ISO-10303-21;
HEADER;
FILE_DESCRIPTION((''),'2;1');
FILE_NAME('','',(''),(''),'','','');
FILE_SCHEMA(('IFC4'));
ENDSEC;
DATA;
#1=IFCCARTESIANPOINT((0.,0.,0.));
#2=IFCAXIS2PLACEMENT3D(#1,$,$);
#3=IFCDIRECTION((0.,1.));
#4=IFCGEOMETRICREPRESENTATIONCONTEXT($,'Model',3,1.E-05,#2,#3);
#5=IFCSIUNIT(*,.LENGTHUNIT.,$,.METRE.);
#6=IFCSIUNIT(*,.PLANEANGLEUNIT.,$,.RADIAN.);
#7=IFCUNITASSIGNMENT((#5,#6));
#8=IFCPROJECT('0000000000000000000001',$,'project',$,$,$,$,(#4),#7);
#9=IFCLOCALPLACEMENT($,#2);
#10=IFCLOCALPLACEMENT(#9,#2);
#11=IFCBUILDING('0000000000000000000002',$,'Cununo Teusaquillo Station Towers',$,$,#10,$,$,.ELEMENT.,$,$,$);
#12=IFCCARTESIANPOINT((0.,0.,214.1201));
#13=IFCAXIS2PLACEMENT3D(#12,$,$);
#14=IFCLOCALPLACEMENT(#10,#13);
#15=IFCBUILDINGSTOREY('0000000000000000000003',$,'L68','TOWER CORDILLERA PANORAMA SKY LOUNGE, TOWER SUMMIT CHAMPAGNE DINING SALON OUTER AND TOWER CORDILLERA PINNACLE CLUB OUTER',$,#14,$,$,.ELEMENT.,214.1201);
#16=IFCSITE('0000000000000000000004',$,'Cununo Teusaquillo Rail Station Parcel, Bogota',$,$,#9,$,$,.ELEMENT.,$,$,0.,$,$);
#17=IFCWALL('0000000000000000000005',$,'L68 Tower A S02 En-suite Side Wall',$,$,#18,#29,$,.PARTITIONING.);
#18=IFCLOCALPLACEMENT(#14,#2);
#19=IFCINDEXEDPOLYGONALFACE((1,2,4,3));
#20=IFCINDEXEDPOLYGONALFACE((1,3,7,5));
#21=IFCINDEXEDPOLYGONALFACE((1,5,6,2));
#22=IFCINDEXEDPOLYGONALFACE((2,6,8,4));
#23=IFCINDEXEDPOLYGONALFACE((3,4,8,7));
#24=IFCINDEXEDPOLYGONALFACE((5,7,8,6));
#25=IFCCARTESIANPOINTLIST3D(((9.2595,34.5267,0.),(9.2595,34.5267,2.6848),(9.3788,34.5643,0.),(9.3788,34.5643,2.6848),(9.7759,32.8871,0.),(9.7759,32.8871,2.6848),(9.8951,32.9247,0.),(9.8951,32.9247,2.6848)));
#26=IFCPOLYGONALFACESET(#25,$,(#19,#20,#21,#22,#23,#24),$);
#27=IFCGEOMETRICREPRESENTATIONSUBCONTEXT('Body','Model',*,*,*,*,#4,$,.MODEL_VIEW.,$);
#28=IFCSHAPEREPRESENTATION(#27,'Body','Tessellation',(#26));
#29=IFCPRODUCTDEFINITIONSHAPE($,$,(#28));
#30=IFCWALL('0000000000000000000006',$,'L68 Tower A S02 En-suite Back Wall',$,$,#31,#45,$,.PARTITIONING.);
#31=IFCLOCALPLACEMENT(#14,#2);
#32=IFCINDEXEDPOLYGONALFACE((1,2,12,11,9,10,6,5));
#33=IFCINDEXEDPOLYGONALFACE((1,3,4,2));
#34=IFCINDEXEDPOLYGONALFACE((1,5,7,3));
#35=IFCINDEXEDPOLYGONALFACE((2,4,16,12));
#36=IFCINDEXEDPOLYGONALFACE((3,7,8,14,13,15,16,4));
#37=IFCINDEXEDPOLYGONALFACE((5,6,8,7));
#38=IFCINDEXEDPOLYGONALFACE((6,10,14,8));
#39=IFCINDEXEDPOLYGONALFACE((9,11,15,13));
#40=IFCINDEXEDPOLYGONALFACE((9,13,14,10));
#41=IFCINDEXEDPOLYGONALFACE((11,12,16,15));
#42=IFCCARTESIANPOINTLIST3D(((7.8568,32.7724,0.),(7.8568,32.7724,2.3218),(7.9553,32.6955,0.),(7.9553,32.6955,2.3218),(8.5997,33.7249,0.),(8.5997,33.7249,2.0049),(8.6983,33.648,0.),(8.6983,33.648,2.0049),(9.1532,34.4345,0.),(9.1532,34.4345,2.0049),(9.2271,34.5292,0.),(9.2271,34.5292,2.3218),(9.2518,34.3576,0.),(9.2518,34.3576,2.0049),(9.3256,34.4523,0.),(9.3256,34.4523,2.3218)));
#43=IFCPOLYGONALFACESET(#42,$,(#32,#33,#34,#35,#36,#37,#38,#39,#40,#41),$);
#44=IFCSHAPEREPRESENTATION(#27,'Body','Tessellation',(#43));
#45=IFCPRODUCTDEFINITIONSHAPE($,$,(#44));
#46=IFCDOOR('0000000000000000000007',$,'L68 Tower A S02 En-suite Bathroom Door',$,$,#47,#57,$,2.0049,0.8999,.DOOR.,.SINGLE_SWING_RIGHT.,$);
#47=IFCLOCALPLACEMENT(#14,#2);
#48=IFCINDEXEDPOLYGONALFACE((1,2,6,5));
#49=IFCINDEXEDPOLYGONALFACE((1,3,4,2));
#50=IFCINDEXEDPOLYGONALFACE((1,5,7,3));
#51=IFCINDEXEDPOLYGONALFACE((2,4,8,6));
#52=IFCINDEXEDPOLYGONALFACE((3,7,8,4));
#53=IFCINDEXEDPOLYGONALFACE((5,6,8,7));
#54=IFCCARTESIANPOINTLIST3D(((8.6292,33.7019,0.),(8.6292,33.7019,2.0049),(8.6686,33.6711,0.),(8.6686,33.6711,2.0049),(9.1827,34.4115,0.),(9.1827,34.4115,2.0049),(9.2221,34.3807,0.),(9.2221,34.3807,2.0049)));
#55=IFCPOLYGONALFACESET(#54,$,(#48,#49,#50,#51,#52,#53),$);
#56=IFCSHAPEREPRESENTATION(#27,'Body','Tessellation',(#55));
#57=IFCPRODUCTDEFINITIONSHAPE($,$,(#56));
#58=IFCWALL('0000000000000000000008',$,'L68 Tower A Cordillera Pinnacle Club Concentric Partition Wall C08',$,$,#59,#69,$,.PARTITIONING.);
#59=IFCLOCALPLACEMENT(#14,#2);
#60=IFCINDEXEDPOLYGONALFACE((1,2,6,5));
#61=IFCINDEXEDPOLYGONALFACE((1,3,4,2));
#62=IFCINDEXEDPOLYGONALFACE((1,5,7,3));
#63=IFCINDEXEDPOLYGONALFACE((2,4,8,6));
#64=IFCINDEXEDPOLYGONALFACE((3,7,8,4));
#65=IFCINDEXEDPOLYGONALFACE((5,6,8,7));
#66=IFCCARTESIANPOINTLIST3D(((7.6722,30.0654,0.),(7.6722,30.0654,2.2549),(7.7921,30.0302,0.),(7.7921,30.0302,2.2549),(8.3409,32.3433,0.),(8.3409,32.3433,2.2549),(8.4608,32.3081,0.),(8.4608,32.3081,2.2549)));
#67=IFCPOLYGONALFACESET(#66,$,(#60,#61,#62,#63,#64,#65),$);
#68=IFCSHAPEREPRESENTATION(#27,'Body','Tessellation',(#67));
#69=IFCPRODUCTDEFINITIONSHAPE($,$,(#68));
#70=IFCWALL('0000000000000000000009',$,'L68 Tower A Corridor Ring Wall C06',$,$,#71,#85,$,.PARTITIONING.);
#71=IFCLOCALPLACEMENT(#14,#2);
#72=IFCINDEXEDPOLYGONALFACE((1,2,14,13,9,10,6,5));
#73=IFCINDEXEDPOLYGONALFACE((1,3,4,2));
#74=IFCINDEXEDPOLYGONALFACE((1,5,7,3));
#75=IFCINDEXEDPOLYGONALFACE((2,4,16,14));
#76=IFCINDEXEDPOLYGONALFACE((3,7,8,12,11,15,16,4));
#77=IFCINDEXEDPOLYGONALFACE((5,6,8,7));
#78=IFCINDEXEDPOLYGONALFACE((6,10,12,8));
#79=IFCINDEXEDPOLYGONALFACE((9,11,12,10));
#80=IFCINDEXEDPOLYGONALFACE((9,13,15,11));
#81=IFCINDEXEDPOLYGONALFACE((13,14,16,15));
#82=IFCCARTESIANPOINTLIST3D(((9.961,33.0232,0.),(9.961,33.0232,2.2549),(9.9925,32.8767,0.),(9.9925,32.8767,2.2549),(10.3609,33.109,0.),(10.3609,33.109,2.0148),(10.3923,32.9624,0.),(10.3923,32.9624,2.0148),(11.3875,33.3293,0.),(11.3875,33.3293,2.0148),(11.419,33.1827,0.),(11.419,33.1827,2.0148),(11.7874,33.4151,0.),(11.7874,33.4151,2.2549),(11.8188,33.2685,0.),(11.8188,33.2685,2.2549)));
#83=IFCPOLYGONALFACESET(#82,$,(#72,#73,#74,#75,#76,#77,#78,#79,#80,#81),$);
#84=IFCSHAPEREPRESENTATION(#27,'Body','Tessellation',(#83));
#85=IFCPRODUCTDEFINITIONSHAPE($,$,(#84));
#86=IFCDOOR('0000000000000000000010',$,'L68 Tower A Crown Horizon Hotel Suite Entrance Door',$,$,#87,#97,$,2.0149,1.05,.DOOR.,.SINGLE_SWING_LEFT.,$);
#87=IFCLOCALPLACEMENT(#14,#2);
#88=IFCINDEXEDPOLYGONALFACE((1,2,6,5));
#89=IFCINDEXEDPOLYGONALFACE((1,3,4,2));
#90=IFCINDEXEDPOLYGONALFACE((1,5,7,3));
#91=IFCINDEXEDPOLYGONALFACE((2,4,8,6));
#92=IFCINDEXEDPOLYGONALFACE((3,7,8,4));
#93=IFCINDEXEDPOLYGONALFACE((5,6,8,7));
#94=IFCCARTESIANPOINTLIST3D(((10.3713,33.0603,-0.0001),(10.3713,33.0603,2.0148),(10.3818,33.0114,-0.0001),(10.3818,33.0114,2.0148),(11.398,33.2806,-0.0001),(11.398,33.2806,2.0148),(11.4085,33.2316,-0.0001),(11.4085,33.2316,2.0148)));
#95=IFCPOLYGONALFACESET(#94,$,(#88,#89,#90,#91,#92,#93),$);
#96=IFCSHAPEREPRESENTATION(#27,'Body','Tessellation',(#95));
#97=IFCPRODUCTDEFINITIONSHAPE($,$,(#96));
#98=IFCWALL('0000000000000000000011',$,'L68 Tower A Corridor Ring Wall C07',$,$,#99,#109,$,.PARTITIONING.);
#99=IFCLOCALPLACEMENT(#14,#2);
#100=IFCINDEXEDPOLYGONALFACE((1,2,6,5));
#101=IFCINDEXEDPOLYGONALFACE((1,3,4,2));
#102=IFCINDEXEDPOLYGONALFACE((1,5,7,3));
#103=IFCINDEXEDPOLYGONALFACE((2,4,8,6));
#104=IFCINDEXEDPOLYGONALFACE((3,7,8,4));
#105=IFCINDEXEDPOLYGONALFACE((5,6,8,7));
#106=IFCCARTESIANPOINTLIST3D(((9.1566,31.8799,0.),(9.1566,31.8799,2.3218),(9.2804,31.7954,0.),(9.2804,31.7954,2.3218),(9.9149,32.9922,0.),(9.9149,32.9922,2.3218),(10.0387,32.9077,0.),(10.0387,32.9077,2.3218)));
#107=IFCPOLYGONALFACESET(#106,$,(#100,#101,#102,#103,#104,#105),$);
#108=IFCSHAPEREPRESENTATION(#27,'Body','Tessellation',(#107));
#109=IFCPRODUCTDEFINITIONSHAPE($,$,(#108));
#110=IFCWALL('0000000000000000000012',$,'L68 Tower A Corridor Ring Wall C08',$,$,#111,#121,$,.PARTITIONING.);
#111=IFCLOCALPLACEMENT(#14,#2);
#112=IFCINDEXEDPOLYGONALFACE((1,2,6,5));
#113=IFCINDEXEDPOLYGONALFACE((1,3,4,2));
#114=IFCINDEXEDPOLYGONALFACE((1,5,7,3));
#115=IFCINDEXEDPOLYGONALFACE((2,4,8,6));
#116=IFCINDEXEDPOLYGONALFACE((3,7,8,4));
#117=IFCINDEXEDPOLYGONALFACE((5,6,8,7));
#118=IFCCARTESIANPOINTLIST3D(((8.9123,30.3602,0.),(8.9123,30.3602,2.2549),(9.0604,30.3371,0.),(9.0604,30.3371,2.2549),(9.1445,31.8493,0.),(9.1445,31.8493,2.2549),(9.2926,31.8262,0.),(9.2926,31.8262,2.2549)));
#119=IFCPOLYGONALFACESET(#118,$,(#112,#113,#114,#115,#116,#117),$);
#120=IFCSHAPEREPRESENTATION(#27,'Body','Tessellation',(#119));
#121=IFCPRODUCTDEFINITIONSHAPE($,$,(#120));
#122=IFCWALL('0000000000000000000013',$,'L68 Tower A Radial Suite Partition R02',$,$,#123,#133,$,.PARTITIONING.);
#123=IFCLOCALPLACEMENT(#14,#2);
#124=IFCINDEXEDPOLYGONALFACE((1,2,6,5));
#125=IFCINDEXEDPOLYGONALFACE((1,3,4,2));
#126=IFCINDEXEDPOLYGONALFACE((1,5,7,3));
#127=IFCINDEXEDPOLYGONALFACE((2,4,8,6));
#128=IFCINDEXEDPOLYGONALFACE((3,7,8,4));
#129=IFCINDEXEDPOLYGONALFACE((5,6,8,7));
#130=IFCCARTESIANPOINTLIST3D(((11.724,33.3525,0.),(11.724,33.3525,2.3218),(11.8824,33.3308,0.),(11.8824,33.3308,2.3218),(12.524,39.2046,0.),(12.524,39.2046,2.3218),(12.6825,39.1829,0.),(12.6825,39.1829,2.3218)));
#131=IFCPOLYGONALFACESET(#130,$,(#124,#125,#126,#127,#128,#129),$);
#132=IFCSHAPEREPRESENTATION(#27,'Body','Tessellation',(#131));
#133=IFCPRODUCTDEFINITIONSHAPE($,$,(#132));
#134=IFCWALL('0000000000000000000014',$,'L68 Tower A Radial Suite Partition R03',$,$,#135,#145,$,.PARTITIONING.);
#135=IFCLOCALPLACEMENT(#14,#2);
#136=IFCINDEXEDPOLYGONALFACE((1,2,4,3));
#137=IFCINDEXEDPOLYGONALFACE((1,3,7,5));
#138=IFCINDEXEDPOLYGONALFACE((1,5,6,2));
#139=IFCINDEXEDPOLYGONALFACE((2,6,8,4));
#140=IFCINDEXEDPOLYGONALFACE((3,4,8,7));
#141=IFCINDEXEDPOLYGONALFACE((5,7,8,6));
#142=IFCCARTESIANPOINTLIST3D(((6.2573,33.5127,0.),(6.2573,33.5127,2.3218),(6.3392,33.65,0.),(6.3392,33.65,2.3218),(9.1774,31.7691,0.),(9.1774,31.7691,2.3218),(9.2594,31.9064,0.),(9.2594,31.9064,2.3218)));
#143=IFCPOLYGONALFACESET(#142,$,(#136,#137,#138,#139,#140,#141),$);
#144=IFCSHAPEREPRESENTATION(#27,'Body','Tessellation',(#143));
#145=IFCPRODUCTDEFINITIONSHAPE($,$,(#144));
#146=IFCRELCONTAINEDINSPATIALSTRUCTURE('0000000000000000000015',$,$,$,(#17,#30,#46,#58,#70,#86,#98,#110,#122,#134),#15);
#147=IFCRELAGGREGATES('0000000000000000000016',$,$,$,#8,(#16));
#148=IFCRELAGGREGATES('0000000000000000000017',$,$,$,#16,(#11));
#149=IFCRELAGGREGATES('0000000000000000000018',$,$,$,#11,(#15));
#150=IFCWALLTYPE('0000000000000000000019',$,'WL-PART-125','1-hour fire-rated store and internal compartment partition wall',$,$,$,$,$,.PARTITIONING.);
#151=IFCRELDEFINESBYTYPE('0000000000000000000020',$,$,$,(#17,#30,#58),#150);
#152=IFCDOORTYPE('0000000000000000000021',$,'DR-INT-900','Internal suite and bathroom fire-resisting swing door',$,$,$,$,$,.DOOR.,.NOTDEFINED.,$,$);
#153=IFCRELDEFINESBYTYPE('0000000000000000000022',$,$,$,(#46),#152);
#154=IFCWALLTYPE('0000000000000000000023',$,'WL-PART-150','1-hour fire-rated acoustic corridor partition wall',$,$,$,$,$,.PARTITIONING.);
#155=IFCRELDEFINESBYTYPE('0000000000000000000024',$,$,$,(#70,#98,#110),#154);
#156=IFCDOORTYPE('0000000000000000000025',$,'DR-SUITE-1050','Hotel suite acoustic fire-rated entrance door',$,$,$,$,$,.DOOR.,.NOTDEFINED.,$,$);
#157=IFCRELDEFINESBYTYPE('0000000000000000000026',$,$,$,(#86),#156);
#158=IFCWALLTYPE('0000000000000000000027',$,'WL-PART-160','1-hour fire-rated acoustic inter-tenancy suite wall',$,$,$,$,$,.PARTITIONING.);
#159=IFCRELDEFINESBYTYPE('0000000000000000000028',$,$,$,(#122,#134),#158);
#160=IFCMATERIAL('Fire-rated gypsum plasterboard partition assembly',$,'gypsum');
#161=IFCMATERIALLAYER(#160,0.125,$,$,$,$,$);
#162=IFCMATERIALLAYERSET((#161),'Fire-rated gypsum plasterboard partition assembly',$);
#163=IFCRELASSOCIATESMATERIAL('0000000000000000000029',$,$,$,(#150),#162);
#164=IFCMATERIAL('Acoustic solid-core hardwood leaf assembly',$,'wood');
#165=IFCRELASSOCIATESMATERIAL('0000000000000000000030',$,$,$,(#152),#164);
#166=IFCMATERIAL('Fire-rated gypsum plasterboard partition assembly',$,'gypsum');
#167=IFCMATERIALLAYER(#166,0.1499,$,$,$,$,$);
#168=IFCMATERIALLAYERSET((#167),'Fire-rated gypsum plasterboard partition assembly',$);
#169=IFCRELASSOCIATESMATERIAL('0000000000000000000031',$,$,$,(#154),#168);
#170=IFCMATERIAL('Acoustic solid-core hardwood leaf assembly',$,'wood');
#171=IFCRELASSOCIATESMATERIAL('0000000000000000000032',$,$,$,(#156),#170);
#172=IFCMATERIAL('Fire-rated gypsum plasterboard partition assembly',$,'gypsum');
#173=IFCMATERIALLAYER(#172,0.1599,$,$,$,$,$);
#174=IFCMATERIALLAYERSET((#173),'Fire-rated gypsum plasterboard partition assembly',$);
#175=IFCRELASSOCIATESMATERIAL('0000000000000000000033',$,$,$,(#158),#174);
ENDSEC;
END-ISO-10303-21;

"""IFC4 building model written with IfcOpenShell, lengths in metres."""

from ifc_helpers import new_model, si_unit, direction, frame, frame_2d, origin, place, context, subcontext, project, spatial, rectangle, extrude, source, transform, mapped, material, layer, layer_set, type_object, element, fill, save


model = new_model("IFC4")

# Units and contexts
model_context = context("Model", 3, precision=1e-05, world=origin(), true_north=direction((0.0, 1.0)))
body_context = subcontext(model_context, "Body", "Model", "MODEL_VIEW")
ifc_project = project(units=[si_unit("LENGTHUNIT", "METRE"), si_unit("PLANEANGLEUNIT", "RADIAN")], contexts=[model_context])

# Site, building, storey
site_placement = place(None, origin())
site = spatial("IfcSite", under=ifc_project, at=site_placement, Name="Cununo Teusaquillo Rail Station Parcel, Bogota", CompositionType="ELEMENT", RefElevation=0.0)
building_placement = place(site_placement, origin())
building = spatial("IfcBuilding", under=site, at=building_placement, Name="Cununo Teusaquillo Station Towers", CompositionType="ELEMENT")
storey_placement = place(building_placement, frame((0.0, 0.0, 214.1201)))
storey = spatial("IfcBuildingStorey", under=building, at=storey_placement, Name="L68", Description="TOWER CORDILLERA PANORAMA SKY LOUNGE, TOWER SUMMIT CHAMPAGNE DINING SALON OUTER AND TOWER CORDILLERA PINNACLE CLUB OUTER", CompositionType="ELEMENT", Elevation=214.1201)

# Wall
ifc_material_1 = material(Name="Fire-rated gypsum plasterboard partition assembly", Category="gypsum")
ifc_layer_1 = layer(ifc_material_1, 0.125)
ifc_layer_set_1 = layer_set([ifc_layer_1], Name="Fire-rated gypsum plasterboard partition assembly")
wall_type_1 = type_object("IfcWallType", Name="WL-PART-125", Description="1-hour fire-rated store and internal compartment partition wall", PredefinedType="PARTITIONING", material=ifc_layer_set_1)
wall_1_placement = place(storey_placement, frame((9.8354, 32.906, 0.0), z_axis=(0.0, 0.0, 1.0), x_axis=(-0.300377, 0.953821, 0.0)))
element("IfcWall", 1, at=wall_1_placement, inside=storey, type_object=wall_type_1, Name="L68 Tower A S02 En-suite Side Wall", PredefinedType="PARTITIONING", context=body_context, shape_type="SweptSolid", body=[
    extrude(rectangle(XDim=1.719, YDim=0.125, at=frame_2d((0.8594, 0.0))), origin(), (0.0, 0.0, 1.0), 2.6848),
])

# Wall, opening, door
wall_2_placement = place(storey_placement, frame((9.2764, 34.4907, 0.0), z_axis=(0.0, 0.0, 1.0), x_axis=(-0.61504, -0.788496, 0.0)))
wall_2 = element("IfcWall", 2, at=wall_2_placement, inside=storey, type_object=wall_type_1, Name="L68 Tower A S02 En-suite Back Wall", PredefinedType="PARTITIONING", context=body_context, shape_type="SweptSolid", body=[
    extrude(rectangle(XDim=2.228, YDim=0.125, at=frame_2d((1.114, 0.0))), origin(), (0.0, 0.0, 1.0), 2.3218),
])
shared_shape_1 = source(origin(), body_context, "Body", "SweptSolid", [
    extrude(rectangle(XDim=0.8999, YDim=2.0049, at=frame_2d((0.45, 1.0024))), frame((0.0, 0.0725, 0.0), z_axis=(0.0, -1.0, 0.0), x_axis=(1.0, 0.0, 0.0)), (0.0, 0.0, 1.0), 0.145),
])
opening_1_placement = place(wall_2_placement, frame((0.1201, 0.0, 0.0)))
opening_1 = element("IfcOpeningElement", 3, at=opening_1_placement, cuts=wall_2, PredefinedType="OPENING", context=body_context, shape_type="MappedRepresentation", body=[
    mapped(shared_shape_1, transform((0.0, 0.0, 0.0), x_axis=(1.0, 0.0, 0.0), y_axis=(0.0, 1.0, 0.0), z_axis=(0.0, 0.0, 1.0), scale=1.0)),
])
ifc_material_2 = material(Name="Acoustic solid-core hardwood leaf assembly", Category="wood")
door_type_1 = type_object("IfcDoorType", Name="DR-INT-900", Description="Internal suite and bathroom fire-resisting swing door", OperationType="NOTDEFINED", PredefinedType="DOOR", material=ifc_material_2)
shared_shape_2 = source(origin(), body_context, "Body", "SweptSolid", [
    extrude(rectangle(XDim=0.8999, YDim=2.0049, at=frame_2d((0.45, 1.0024))), frame((0.0, 0.0249, 0.0), z_axis=(0.0, -1.0, 0.0), x_axis=(1.0, 0.0, 0.0)), (0.0, 0.0, 1.0), 0.05),
])
door_1_placement = place(opening_1_placement, origin())
door_1 = element("IfcDoor", 4, at=door_1_placement, inside=storey, type_object=door_type_1, Name="L68 Tower A S02 En-suite Bathroom Door", OperationType="SINGLE_SWING_RIGHT", OverallHeight=2.0049, OverallWidth=0.8999, PredefinedType="DOOR", context=body_context, shape_type="MappedRepresentation", body=[
    mapped(shared_shape_2, transform((0.0, 0.0, 0.0), x_axis=(1.0, 0.0, 0.0), y_axis=(0.0, 1.0, 0.0), z_axis=(0.0, 0.0, 1.0), scale=1.0)),
])
fill(opening_1, door_1)

# Wall
wall_3_placement = place(storey_placement, frame((8.4009, 32.3257, 0.0), z_axis=(0.0, 0.0, 1.0), x_axis=(-0.281682, -0.959508, 0.0)))
element("IfcWall", 5, at=wall_3_placement, inside=storey, type_object=wall_type_1, Name="L68 Tower A Cordillera Pinnacle Club Concentric Partition Wall C08", PredefinedType="PARTITIONING", context=body_context, shape_type="SweptSolid", body=[
    extrude(rectangle(XDim=2.374, YDim=0.125, at=frame_2d((1.187, 0.0))), origin(), (0.0, 0.0, 1.0), 2.2549),
])

# Wall, opening, door
ifc_material_3 = material(Name="Fire-rated gypsum plasterboard partition assembly", Category="gypsum")
ifc_layer_2 = layer(ifc_material_3, 0.1499)
ifc_layer_set_2 = layer_set([ifc_layer_2], Name="Fire-rated gypsum plasterboard partition assembly")
wall_type_2 = type_object("IfcWallType", Name="WL-PART-150", Description="1-hour fire-rated acoustic corridor partition wall", PredefinedType="PARTITIONING", material=ifc_layer_set_2)
wall_4_placement = place(storey_placement, frame((11.8032, 33.3418, 0.0), z_axis=(0.0, 0.0, 1.0), x_axis=(-0.977751, -0.20977, 0.0)))
wall_4 = element("IfcWall", 6, at=wall_4_placement, inside=storey, type_object=wall_type_2, Name="L68 Tower A Corridor Ring Wall C06", PredefinedType="PARTITIONING", context=body_context, shape_type="SweptSolid", body=[
    extrude(rectangle(XDim=1.8679, YDim=0.1499, at=frame_2d((0.9341, 0.0))), origin(), (0.0, 0.0, 1.0), 2.2549),
])
shared_shape_3 = source(origin(), body_context, "Body", "SweptSolid", [
    extrude(rectangle(XDim=1.05, YDim=2.0149, at=frame_2d((0.5249, 1.0073))), frame((0.0, 0.085, 0.0), z_axis=(0.0, -1.0, 0.0), x_axis=(1.0, 0.0, 0.0)), (0.0, 0.0, 1.0), 0.1699),
])
opening_2_placement = place(wall_4_placement, frame((0.4092, 0.0, 0.0)))
opening_2 = element("IfcOpeningElement", 7, at=opening_2_placement, cuts=wall_4, PredefinedType="OPENING", context=body_context, shape_type="MappedRepresentation", body=[
    mapped(shared_shape_3, transform((0.0, 0.0, 0.0), x_axis=(1.0, 0.0, 0.0), y_axis=(0.0, 1.0, 0.0), z_axis=(0.0, 0.0, 1.0), scale=1.0)),
])
ifc_material_4 = material(Name="Acoustic solid-core hardwood leaf assembly", Category="wood")
door_type_2 = type_object("IfcDoorType", Name="DR-SUITE-1050", Description="Hotel suite acoustic fire-rated entrance door", OperationType="NOTDEFINED", PredefinedType="DOOR", material=ifc_material_4)
shared_shape_4 = source(origin(), body_context, "Body", "SweptSolid", [
    extrude(rectangle(XDim=1.05, YDim=2.0149, at=frame_2d((0.5249, 1.0073))), frame((0.0, 0.0249, 0.0), z_axis=(0.0, -1.0, 0.0), x_axis=(1.0, 0.0, 0.0)), (0.0, 0.0, 1.0), 0.05),
])
door_2_placement = place(opening_2_placement, origin())
door_2 = element("IfcDoor", 8, at=door_2_placement, inside=storey, type_object=door_type_2, Name="L68 Tower A Crown Horizon Hotel Suite Entrance Door", OperationType="SINGLE_SWING_LEFT", OverallHeight=2.0149, OverallWidth=1.05, PredefinedType="DOOR", context=body_context, shape_type="MappedRepresentation", body=[
    mapped(shared_shape_4, transform((0.0, 0.0, 0.0), x_axis=(1.0, 0.0, 0.0), y_axis=(0.0, 1.0, 0.0), z_axis=(0.0, 0.0, 1.0), scale=1.0)),
])
fill(opening_2, door_2)

# Walls
wall_5_placement = place(storey_placement, frame((9.9768, 32.95, 0.0), z_axis=(0.0, 0.0, 1.0), x_axis=(-0.563292, -0.826258, 0.0)))
element("IfcWall", 9, at=wall_5_placement, inside=storey, type_object=wall_type_2, Name="L68 Tower A Corridor Ring Wall C07", PredefinedType="PARTITIONING", context=body_context, shape_type="SweptSolid", body=[
    extrude(rectangle(XDim=1.3462, YDim=0.1499, at=frame_2d((0.6731, 0.0))), origin(), (0.0, 0.0, 1.0), 2.3218),
])
wall_6_placement = place(storey_placement, frame((9.2185, 31.8376, 0.0), z_axis=(0.0, 0.0, 1.0), x_axis=(-0.154066, -0.988061, 0.0)))
element("IfcWall", 10, at=wall_6_placement, inside=storey, type_object=wall_type_2, Name="L68 Tower A Corridor Ring Wall C08", PredefinedType="PARTITIONING", context=body_context, shape_type="SweptSolid", body=[
    extrude(rectangle(XDim=1.5071, YDim=0.1499, at=frame_2d((0.7534, 0.0))), origin(), (0.0, 0.0, 1.0), 2.2549),
])
ifc_material_5 = material(Name="Fire-rated gypsum plasterboard partition assembly", Category="gypsum")
ifc_layer_3 = layer(ifc_material_5, 0.1599)
ifc_layer_set_3 = layer_set([ifc_layer_3], Name="Fire-rated gypsum plasterboard partition assembly")
wall_type_3 = type_object("IfcWallType", Name="WL-PART-160", Description="1-hour fire-rated acoustic inter-tenancy suite wall", PredefinedType="PARTITIONING", material=ifc_layer_set_3)
wall_7_placement = place(storey_placement, frame((11.8032, 33.3418, 0.0), z_axis=(0.0, 0.0, 1.0), x_axis=(0.135453, 0.990784, 0.0)))
element("IfcWall", 11, at=wall_7_placement, inside=storey, type_object=wall_type_3, Name="L68 Tower A Radial Suite Partition R02", PredefinedType="PARTITIONING", context=body_context, shape_type="SweptSolid", body=[
    extrude(rectangle(XDim=5.9065, YDim=0.1599, at=frame_2d((2.9531, 0.0))), origin(), (0.0, 0.0, 1.0), 2.3218),
])
wall_8_placement = place(storey_placement, frame((9.2185, 31.8376, 0.0), z_axis=(0.0, 0.0, 1.0), x_axis=(-0.858587, 0.512668, 0.0)))
element("IfcWall", 12, at=wall_8_placement, inside=storey, type_object=wall_type_3, Name="L68 Tower A Radial Suite Partition R03", PredefinedType="PARTITIONING", context=body_context, shape_type="SweptSolid", body=[
    extrude(rectangle(XDim=3.4011, YDim=0.1599, at=frame_2d((1.7007, 0.0))), origin(), (0.0, 0.0, 1.0), 2.3218),
])

save(model, "model.ifc")
